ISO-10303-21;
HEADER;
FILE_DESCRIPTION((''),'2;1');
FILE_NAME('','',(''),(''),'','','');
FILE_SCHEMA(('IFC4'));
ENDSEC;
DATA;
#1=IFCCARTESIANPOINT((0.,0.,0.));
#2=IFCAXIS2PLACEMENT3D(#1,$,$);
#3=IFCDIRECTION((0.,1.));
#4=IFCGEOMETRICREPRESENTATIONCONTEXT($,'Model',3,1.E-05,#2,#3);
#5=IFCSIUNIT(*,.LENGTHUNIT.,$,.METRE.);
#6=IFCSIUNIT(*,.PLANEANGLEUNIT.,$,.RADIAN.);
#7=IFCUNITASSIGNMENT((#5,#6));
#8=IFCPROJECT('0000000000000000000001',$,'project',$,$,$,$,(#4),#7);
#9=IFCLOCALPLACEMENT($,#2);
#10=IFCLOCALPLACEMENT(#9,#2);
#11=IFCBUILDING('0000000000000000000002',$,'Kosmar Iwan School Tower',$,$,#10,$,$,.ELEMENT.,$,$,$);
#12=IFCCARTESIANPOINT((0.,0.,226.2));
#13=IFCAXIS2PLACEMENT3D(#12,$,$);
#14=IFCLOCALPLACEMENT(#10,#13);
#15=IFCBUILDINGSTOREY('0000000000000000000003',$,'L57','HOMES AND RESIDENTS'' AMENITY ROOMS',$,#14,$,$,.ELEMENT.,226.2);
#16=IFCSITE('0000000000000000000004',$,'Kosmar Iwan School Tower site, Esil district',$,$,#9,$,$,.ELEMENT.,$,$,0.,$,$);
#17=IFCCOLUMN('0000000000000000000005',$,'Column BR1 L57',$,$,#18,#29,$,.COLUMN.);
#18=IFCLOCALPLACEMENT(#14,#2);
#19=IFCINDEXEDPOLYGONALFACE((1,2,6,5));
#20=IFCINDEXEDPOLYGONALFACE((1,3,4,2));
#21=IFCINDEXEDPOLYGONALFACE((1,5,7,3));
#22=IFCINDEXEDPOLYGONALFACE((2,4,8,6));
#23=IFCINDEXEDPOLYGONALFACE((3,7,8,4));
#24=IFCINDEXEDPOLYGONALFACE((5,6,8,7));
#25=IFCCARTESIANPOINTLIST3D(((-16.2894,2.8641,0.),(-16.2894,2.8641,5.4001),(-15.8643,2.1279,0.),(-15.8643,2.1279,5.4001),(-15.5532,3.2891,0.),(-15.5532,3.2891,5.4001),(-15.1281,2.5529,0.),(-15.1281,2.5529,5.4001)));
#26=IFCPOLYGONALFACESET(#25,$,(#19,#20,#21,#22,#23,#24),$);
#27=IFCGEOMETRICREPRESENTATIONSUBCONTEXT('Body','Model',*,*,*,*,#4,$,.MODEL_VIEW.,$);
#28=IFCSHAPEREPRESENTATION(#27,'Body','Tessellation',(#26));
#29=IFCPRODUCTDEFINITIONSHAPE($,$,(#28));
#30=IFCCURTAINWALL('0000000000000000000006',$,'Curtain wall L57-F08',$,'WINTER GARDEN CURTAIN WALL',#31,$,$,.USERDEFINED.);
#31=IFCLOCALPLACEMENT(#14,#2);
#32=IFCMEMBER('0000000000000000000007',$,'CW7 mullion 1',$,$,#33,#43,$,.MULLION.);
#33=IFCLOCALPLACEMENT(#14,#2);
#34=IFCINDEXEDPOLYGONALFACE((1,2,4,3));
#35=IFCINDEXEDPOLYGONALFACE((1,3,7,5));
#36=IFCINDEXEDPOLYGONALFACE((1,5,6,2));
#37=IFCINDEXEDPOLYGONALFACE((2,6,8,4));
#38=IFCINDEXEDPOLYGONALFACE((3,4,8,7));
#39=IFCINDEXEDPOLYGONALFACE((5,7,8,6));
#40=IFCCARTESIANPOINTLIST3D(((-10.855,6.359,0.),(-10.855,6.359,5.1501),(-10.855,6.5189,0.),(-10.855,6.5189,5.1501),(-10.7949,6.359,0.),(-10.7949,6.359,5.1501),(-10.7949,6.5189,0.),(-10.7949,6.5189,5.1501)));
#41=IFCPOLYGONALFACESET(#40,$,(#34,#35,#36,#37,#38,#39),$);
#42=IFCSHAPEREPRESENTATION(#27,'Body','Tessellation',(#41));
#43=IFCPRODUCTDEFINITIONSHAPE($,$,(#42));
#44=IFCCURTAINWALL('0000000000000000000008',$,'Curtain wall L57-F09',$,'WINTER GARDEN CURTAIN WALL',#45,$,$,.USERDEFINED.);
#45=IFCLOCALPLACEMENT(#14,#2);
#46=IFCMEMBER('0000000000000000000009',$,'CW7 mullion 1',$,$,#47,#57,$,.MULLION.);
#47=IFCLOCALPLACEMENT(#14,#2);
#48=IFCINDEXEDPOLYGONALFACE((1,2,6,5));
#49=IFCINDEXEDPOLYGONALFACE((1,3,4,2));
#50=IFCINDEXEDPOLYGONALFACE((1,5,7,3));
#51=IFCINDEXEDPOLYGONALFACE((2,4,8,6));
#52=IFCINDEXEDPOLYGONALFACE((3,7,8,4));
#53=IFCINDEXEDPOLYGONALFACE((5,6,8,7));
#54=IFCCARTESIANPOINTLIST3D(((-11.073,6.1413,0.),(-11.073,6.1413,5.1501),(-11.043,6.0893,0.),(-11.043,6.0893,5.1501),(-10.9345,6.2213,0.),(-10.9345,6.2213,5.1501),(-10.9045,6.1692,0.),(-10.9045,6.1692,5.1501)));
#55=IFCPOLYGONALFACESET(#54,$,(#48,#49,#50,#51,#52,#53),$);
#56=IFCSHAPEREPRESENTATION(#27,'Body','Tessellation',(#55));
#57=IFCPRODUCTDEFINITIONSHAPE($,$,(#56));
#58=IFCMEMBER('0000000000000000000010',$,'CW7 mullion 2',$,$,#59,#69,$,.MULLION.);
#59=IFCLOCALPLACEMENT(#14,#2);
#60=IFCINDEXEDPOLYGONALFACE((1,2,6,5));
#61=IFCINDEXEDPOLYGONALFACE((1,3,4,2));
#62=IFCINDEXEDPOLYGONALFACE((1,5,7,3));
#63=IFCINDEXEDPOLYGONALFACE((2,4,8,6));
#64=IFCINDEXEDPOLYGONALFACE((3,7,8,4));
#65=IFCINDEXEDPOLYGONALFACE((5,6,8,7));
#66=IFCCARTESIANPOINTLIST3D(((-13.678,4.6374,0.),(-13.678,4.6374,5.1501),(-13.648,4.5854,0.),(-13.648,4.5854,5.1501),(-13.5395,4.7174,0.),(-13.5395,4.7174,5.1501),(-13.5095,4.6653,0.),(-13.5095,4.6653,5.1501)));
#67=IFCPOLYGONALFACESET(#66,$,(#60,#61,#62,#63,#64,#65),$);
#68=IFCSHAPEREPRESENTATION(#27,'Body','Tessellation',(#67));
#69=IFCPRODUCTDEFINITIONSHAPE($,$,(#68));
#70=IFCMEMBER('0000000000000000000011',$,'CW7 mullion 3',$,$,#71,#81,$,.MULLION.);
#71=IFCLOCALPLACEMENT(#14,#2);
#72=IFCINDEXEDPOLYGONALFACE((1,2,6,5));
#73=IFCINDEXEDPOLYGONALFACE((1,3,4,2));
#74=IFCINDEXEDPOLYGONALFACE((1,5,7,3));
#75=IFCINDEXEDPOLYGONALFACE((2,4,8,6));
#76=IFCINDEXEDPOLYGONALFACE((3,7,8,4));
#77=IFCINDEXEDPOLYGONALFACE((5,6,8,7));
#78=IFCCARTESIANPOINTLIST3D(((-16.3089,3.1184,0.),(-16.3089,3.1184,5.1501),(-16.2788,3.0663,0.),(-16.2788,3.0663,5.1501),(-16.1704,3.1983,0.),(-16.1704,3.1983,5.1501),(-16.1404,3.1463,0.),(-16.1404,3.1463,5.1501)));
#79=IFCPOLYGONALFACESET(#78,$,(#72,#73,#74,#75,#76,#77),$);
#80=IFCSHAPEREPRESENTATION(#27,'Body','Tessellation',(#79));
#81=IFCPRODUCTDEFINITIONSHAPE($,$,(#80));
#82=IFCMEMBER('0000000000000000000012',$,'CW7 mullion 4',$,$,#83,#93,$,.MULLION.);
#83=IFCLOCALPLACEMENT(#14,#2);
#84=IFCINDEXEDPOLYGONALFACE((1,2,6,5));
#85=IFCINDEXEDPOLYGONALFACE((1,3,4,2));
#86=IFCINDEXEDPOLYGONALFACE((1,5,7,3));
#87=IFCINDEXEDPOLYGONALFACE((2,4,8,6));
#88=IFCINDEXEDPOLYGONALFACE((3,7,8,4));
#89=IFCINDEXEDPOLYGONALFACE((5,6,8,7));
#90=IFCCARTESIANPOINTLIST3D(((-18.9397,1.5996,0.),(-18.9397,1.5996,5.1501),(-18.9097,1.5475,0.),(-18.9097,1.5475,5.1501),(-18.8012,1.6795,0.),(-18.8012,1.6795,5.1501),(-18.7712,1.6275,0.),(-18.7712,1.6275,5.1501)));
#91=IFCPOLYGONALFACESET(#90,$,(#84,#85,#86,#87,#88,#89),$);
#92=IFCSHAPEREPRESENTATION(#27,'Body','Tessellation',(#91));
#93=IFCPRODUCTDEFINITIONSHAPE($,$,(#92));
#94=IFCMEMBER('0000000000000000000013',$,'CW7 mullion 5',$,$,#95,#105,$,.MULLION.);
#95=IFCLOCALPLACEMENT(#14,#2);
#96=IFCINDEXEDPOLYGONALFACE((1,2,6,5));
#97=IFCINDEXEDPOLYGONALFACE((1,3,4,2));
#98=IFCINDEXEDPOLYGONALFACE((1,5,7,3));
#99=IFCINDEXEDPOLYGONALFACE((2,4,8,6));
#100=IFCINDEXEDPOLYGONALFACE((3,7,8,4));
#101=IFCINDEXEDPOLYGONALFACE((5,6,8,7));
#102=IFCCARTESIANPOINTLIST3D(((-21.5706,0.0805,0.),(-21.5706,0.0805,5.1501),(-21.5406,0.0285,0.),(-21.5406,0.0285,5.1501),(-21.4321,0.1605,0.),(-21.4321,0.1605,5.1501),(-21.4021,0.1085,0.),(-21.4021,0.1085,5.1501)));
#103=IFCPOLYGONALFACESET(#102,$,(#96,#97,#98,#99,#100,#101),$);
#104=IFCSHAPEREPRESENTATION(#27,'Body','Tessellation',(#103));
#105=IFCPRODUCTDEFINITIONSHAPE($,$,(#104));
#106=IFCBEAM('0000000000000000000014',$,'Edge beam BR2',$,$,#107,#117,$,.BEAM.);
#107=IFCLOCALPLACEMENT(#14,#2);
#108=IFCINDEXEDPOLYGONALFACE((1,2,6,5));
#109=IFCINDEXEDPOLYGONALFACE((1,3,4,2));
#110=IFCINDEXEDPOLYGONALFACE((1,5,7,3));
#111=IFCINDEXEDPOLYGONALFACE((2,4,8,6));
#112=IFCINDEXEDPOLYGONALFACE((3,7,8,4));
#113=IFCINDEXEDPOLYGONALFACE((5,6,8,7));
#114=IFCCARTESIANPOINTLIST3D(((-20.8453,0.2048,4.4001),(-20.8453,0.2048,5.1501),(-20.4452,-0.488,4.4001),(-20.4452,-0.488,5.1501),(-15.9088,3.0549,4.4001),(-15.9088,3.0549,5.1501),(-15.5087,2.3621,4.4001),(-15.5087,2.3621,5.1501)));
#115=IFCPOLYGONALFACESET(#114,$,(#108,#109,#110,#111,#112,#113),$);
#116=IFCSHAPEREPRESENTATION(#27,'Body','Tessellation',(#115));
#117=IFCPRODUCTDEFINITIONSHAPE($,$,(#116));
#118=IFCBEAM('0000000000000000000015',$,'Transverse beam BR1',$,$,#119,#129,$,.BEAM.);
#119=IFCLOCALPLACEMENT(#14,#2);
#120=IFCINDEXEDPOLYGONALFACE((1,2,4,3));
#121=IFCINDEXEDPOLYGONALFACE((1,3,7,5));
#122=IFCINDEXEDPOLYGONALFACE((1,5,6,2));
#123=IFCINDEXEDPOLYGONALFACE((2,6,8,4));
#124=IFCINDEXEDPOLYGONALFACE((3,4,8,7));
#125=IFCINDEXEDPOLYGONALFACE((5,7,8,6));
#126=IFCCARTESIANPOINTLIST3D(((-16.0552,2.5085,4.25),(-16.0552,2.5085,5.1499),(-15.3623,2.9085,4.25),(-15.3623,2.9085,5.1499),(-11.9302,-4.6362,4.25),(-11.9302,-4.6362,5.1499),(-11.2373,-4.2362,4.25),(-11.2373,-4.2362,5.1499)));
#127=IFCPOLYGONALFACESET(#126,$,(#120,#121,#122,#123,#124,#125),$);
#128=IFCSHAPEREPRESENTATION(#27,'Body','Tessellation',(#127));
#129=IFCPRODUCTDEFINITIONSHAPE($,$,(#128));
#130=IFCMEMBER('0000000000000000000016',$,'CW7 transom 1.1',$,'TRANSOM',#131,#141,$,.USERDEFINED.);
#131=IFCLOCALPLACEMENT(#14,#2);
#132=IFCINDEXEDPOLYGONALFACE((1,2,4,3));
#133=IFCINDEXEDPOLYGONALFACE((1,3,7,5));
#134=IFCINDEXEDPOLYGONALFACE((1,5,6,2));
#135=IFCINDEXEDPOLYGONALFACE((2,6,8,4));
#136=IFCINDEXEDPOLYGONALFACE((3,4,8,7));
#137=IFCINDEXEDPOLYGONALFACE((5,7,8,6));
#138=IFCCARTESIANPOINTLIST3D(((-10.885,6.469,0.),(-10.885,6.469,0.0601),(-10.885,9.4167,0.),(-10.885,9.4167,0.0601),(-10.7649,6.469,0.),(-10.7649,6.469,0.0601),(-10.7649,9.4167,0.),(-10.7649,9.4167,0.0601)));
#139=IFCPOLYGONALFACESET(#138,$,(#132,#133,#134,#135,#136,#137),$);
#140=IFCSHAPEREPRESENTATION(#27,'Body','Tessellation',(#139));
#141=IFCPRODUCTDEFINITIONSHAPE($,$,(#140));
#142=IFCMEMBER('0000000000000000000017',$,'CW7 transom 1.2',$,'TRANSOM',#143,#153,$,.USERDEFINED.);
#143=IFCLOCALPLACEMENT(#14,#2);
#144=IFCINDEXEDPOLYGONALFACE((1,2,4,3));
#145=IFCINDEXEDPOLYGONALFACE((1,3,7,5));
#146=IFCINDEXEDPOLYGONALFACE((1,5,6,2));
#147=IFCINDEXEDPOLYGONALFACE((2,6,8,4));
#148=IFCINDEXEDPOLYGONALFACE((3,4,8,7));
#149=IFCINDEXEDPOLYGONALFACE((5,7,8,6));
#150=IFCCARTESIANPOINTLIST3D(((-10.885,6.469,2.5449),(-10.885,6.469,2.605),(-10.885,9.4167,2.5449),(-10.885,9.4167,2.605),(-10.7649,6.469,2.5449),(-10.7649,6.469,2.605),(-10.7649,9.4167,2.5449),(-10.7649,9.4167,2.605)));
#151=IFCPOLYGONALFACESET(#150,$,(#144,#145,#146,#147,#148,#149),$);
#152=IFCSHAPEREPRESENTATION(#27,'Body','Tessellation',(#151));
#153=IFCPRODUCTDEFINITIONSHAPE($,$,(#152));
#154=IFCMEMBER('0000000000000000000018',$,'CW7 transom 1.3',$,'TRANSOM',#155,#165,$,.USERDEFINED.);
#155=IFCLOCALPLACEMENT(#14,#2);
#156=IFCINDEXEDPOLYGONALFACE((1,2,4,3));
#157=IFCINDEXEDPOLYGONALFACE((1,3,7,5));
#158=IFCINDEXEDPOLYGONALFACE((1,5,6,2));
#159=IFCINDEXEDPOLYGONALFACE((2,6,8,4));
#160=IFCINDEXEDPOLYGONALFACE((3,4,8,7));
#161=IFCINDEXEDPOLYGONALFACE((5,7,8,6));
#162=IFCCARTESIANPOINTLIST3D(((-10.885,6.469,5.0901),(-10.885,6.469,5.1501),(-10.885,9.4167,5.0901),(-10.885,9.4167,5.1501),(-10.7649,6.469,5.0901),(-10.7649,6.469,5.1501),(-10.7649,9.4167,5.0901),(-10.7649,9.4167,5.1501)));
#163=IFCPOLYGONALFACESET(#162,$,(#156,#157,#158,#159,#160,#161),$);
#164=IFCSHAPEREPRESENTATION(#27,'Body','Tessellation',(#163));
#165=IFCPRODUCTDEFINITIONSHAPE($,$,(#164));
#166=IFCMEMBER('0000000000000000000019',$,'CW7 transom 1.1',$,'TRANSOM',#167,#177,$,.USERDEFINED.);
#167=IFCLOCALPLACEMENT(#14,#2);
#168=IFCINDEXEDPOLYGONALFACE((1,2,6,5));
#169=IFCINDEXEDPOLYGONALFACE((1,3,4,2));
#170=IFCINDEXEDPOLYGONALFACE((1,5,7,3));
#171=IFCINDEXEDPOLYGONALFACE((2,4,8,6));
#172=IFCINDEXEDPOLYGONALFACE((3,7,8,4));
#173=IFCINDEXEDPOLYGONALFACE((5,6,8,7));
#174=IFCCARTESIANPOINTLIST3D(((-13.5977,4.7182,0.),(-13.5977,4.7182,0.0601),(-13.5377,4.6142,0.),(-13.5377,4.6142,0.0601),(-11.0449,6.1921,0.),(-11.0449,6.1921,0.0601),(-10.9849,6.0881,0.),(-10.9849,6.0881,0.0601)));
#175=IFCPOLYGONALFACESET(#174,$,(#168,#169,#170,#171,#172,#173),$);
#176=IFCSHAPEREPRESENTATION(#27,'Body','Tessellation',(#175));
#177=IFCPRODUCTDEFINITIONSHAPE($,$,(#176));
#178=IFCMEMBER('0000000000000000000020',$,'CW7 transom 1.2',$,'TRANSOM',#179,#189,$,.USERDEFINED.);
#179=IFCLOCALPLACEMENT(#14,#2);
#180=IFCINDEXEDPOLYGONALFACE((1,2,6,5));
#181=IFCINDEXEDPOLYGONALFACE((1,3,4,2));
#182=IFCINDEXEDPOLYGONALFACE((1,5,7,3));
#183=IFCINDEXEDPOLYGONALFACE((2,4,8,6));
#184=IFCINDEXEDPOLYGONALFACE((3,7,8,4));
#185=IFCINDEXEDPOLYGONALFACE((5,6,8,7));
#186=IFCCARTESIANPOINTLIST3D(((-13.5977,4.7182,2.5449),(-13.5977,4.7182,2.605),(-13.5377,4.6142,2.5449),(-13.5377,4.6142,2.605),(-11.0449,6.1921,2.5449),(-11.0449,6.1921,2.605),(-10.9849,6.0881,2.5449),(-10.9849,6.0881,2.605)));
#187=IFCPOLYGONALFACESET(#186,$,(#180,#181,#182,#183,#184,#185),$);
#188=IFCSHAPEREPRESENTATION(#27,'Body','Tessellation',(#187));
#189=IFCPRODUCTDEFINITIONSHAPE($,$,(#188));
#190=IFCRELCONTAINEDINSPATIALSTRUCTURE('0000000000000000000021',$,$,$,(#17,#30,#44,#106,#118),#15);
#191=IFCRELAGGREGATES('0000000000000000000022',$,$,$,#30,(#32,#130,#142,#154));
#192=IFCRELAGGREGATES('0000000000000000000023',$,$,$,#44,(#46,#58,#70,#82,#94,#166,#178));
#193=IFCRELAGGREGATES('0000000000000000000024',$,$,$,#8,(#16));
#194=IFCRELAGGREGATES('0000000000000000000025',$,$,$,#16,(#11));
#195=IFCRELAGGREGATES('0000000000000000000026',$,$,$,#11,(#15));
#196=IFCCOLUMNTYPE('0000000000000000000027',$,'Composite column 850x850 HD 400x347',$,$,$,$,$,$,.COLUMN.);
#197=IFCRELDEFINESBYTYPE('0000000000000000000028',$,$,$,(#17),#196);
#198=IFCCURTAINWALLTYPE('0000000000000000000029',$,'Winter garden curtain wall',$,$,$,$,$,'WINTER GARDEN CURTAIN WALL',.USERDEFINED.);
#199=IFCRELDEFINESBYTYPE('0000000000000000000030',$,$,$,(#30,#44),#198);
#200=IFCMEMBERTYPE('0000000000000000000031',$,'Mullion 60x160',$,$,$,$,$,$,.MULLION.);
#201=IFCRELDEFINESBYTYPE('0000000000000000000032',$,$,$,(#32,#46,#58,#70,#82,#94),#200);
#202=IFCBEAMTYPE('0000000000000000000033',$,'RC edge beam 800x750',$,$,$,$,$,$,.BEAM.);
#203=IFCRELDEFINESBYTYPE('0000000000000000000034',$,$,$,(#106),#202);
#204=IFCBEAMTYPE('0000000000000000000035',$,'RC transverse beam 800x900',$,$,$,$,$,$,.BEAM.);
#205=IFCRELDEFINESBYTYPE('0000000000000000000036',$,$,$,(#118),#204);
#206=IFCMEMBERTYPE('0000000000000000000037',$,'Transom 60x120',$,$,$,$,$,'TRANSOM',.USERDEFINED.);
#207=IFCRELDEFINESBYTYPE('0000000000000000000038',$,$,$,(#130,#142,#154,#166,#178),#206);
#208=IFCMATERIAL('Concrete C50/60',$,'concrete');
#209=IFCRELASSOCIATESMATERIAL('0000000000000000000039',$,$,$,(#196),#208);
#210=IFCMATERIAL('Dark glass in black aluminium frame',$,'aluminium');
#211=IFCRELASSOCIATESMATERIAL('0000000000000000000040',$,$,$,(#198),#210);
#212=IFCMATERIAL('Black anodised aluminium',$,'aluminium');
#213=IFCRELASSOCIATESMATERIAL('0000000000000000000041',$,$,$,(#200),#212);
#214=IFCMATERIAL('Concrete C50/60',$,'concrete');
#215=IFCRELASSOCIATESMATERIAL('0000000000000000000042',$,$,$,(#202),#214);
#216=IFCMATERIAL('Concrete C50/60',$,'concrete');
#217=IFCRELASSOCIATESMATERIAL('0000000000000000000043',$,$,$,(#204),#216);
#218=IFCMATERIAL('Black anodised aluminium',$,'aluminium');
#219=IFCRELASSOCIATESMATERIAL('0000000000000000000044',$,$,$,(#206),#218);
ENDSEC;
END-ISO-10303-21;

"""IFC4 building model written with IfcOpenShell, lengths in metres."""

from ifc_helpers import new_model, si_unit, direction, frame, origin, origin_2d, place, context, subcontext, project, spatial, rectangle, extrude, material, material_profile, profile_set, type_object, element, aggregate, save


model = new_model("IFC4")

# Units and contexts
model_context = context("Model", 3, precision=1e-05, world=origin(), true_north=direction((0.0, 1.0)))
body_context = subcontext(model_context, "Body", "Model", "MODEL_VIEW")
ifc_project = project(units=[si_unit("LENGTHUNIT", "METRE"), si_unit("PLANEANGLEUNIT", "RADIAN")], contexts=[model_context])

# Site, building, storey
site_placement = place(None, origin())
site = spatial("IfcSite", under=ifc_project, at=site_placement, Name="Kosmar Iwan School Tower site, Esil district", CompositionType="ELEMENT", RefElevation=0.0)
building_placement = place(site_placement, origin())
building = spatial("IfcBuilding", under=site, at=building_placement, Name="Kosmar Iwan School Tower", CompositionType="ELEMENT")
storey_placement = place(building_placement, frame((0.0, 0.0, 226.2)))
storey = spatial("IfcBuildingStorey", under=building, at=storey_placement, Name="L57", Description="HOMES AND RESIDENTS' AMENITY ROOMS", CompositionType="ELEMENT", Elevation=226.2)

# Column
ifc_material_1 = material(Name="Concrete C50/60", Category="concrete")
ifc_material_profile_1 = material_profile(ifc_material_1, rectangle(XDim=0.8501, YDim=0.8501, at=origin_2d()), Name="RC 850x850 + HD 400x347")
ifc_profile_set_1 = profile_set([ifc_material_profile_1], Name="Concrete C50/60")
column_type = type_object("IfcColumnType", Name="Composite column 850x850 HD 400x347", PredefinedType="COLUMN", material=ifc_profile_set_1)
column_placement = place(storey_placement, frame((-15.7087, 2.7085, 0.0), z_axis=(0.0, 0.0, 1.0), x_axis=(-0.866025, -0.5, 0.0)))
element("IfcColumn", 1, at=column_placement, inside=storey, type_object=column_type, Name="Column BR1 L57", PredefinedType="COLUMN", context=body_context, shape_type="SweptSolid", body=[
    extrude(rectangle(XDim=0.8501, YDim=0.8501, at=origin_2d()), origin(), (0.0, 0.0, 1.0), 5.4001),
])

# Curtain wall, member
ifc_material_2 = material(Name="Dark glass in black aluminium frame", Category="aluminium")
curtain_wall_type = type_object("IfcCurtainWallType", Name="Winter garden curtain wall", ElementType="WINTER GARDEN CURTAIN WALL", PredefinedType="USERDEFINED", material=ifc_material_2)
curtain_wall_1_placement = place(storey_placement, origin())
curtain_wall_1 = element("IfcCurtainWall", 2, at=curtain_wall_1_placement, inside=storey, type_object=curtain_wall_type, Name="Curtain wall L57-F08", ObjectType="WINTER GARDEN CURTAIN WALL", PredefinedType="USERDEFINED")
ifc_material_3 = material(Name="Black anodised aluminium", Category="aluminium")
ifc_material_profile_2 = material_profile(ifc_material_3, rectangle(XDim=0.0601, YDim=0.1599, at=origin_2d()), Name="MULLION 60x160")
ifc_profile_set_2 = profile_set([ifc_material_profile_2], Name="Black anodised aluminium")
member_type_1 = type_object("IfcMemberType", Name="Mullion 60x160", PredefinedType="MULLION", material=ifc_profile_set_2)
member_1_placement = place(storey_placement, frame((-10.825, 6.439, 0.0), z_axis=(0.0, 0.0, 1.0), x_axis=(-1.0, 0.0, 0.0)))
member_1 = element("IfcMember", 3, at=member_1_placement, type_object=member_type_1, Name="CW7 mullion 1", PredefinedType="MULLION", context=body_context, shape_type="SweptSolid", body=[
    extrude(rectangle(XDim=0.0601, YDim=0.1599, at=origin_2d()), origin(), (0.0, 0.0, 1.0), 5.1501),
])

# Curtain wall, members
curtain_wall_2_placement = place(storey_placement, origin())
curtain_wall_2 = element("IfcCurtainWall", 4, at=curtain_wall_2_placement, inside=storey, type_object=curtain_wall_type, Name="Curtain wall L57-F09", ObjectType="WINTER GARDEN CURTAIN WALL", PredefinedType="USERDEFINED")
member_2_placement = place(storey_placement, frame((-10.9888, 6.1553, 0.0), z_axis=(0.0, 0.0, 1.0), x_axis=(0.5, -0.866025, 0.0)))
member_2 = element("IfcMember", 5, at=member_2_placement, type_object=member_type_1, Name="CW7 mullion 1", PredefinedType="MULLION", context=body_context, shape_type="SweptSolid", body=[
    extrude(rectangle(XDim=0.0601, YDim=0.1599, at=origin_2d()), origin(), (0.0, 0.0, 1.0), 5.1501),
])
member_3_placement = place(storey_placement, frame((-13.5938, 4.6514, 0.0), z_axis=(0.0, 0.0, 1.0), x_axis=(0.5, -0.866025, 0.0)))
member_3 = element("IfcMember", 6, at=member_3_placement, type_object=member_type_1, Name="CW7 mullion 2", PredefinedType="MULLION", context=body_context, shape_type="SweptSolid", body=[
    extrude(rectangle(XDim=0.0601, YDim=0.1599, at=origin_2d()), origin(), (0.0, 0.0, 1.0), 5.1501),
])
member_4_placement = place(storey_placement, frame((-16.2246, 3.1323, 0.0), z_axis=(0.0, 0.0, 1.0), x_axis=(0.5, -0.866025, 0.0)))
member_4 = element("IfcMember", 7, at=member_4_placement, type_object=member_type_1, Name="CW7 mullion 3", PredefinedType="MULLION", context=body_context, shape_type="SweptSolid", body=[
    extrude(rectangle(XDim=0.0601, YDim=0.1599, at=origin_2d()), origin(), (0.0, 0.0, 1.0), 5.1501),
])
member_5_placement = place(storey_placement, frame((-18.8555, 1.6135, 0.0), z_axis=(0.0, 0.0, 1.0), x_axis=(0.5, -0.866025, 0.0)))
member_5 = element("IfcMember", 8, at=member_5_placement, type_object=member_type_1, Name="CW7 mullion 4", PredefinedType="MULLION", context=body_context, shape_type="SweptSolid", body=[
    extrude(rectangle(XDim=0.0601, YDim=0.1599, at=origin_2d()), origin(), (0.0, 0.0, 1.0), 5.1501),
])
member_6_placement = place(storey_placement, frame((-21.4863, 0.0945, 0.0), z_axis=(0.0, 0.0, 1.0), x_axis=(0.5, -0.866025, 0.0)))
member_6 = element("IfcMember", 9, at=member_6_placement, type_object=member_type_1, Name="CW7 mullion 5", PredefinedType="MULLION", context=body_context, shape_type="SweptSolid", body=[
    extrude(rectangle(XDim=0.0601, YDim=0.1599, at=origin_2d()), origin(), (0.0, 0.0, 1.0), 5.1501),
])

# Beams
ifc_material_4 = material(Name="Concrete C50/60", Category="concrete")
ifc_material_profile_3 = material_profile(ifc_material_4, rectangle(XDim=0.8, YDim=0.75, at=origin_2d()), Name="RC 800x750")
ifc_profile_set_3 = profile_set([ifc_material_profile_3], Name="Concrete C50/60")
beam_type_1 = type_object("IfcBeamType", Name="RC edge beam 800x750", PredefinedType="BEAM", material=ifc_profile_set_3)
beam_1_placement = place(storey_placement, frame((-15.7087, 2.7085, 4.7751), z_axis=(-0.866026, -0.499999, 0.0), x_axis=(0.499999, -0.866026, 0.0)))
element("IfcBeam", 10, at=beam_1_placement, inside=storey, type_object=beam_type_1, Name="Edge beam BR2", PredefinedType="BEAM", context=body_context, shape_type="SweptSolid", body=[
    extrude(rectangle(XDim=0.8, YDim=0.75, at=origin_2d()), origin(), (0.0, 0.0, 1.0), 5.7002),
])
ifc_material_5 = material(Name="Concrete C50/60", Category="concrete")
ifc_material_profile_4 = material_profile(ifc_material_5, rectangle(XDim=0.8, YDim=0.8999, at=origin_2d()), Name="RC 800x900")
ifc_profile_set_4 = profile_set([ifc_material_profile_4], Name="Concrete C50/60")
beam_type_2 = type_object("IfcBeamType", Name="RC transverse beam 800x900", PredefinedType="BEAM", material=ifc_profile_set_4)
beam_2_placement = place(storey_placement, frame((-15.7087, 2.7085, 4.7), z_axis=(0.499997, -0.866027, 0.0), x_axis=(0.866027, 0.499997, 0.0)))
element("IfcBeam", 11, at=beam_2_placement, inside=storey, type_object=beam_type_2, Name="Transverse beam BR1", PredefinedType="BEAM", context=body_context, shape_type="SweptSolid", body=[
    extrude(rectangle(XDim=0.8, YDim=0.8999, at=origin_2d()), origin(), (0.0, 0.0, 1.0), 8.25),
])

# Members
ifc_material_6 = material(Name="Black anodised aluminium", Category="aluminium")
ifc_material_profile_5 = material_profile(ifc_material_6, rectangle(XDim=0.1201, YDim=0.0601, at=origin_2d()), Name="TRANSOM 60x120")
ifc_profile_set_5 = profile_set([ifc_material_profile_5], Name="Black anodised aluminium")
member_type_2 = type_object("IfcMemberType", Name="Transom 60x120", ElementType="TRANSOM", PredefinedType="USERDEFINED", material=ifc_profile_set_5)
member_7_placement = place(storey_placement, frame((-10.825, 6.469, 0.03), z_axis=(0.0, 1.0, 0.0), x_axis=(-1.0, 0.0, 0.0)))
member_7 = element("IfcMember", 12, at=member_7_placement, type_object=member_type_2, Name="CW7 transom 1.1", ObjectType="TRANSOM", PredefinedType="USERDEFINED", context=body_context, shape_type="SweptSolid", body=[
    extrude(rectangle(XDim=0.1201, YDim=0.0601, at=origin_2d()), origin(), (0.0, 0.0, 1.0), 2.9478),
])
member_8_placement = place(storey_placement, frame((-10.825, 6.469, 2.575), z_axis=(0.0, 1.0, 0.0), x_axis=(-1.0, 0.0, 0.0)))
member_8 = element("IfcMember", 13, at=member_8_placement, type_object=member_type_2, Name="CW7 transom 1.2", ObjectType="TRANSOM", PredefinedType="USERDEFINED", context=body_context, shape_type="SweptSolid", body=[
    extrude(rectangle(XDim=0.1201, YDim=0.0601, at=origin_2d()), origin(), (0.0, 0.0, 1.0), 2.9478),
])
member_9_placement = place(storey_placement, frame((-10.825, 6.469, 5.1201), z_axis=(0.0, 1.0, 0.0), x_axis=(-1.0, 0.0, 0.0)))
member_9 = element("IfcMember", 14, at=member_9_placement, type_object=member_type_2, Name="CW7 transom 1.3", ObjectType="TRANSOM", PredefinedType="USERDEFINED", context=body_context, shape_type="SweptSolid", body=[
    extrude(rectangle(XDim=0.1201, YDim=0.0601, at=origin_2d()), origin(), (0.0, 0.0, 1.0), 2.9478),
])
aggregate(curtain_wall_1, [member_1, member_7, member_8, member_9])
member_10_placement = place(storey_placement, frame((-11.0149, 6.1401, 0.03), z_axis=(-0.866017, -0.500014, 0.0), x_axis=(0.500014, -0.866017, 0.0)))
member_10 = element("IfcMember", 15, at=member_10_placement, type_object=member_type_2, Name="CW7 transom 1.1", ObjectType="TRANSOM", PredefinedType="USERDEFINED", context=body_context, shape_type="SweptSolid", body=[
    extrude(rectangle(XDim=0.1201, YDim=0.0601, at=origin_2d()), origin(), (0.0, 0.0, 1.0), 2.9478),
])
member_11_placement = place(storey_placement, frame((-11.0149, 6.1401, 2.575), z_axis=(-0.866017, -0.500014, 0.0), x_axis=(0.500014, -0.866017, 0.0)))
member_11 = element("IfcMember", 16, at=member_11_placement, type_object=member_type_2, Name="CW7 transom 1.2", ObjectType="TRANSOM", PredefinedType="USERDEFINED", context=body_context, shape_type="SweptSolid", body=[
    extrude(rectangle(XDim=0.1201, YDim=0.0601, at=origin_2d()), origin(), (0.0, 0.0, 1.0), 2.9478),
])

aggregate(curtain_wall_2, [member_2, member_3, member_4, member_5, member_6, member_10, member_11])

save(model, "model.ifc")
